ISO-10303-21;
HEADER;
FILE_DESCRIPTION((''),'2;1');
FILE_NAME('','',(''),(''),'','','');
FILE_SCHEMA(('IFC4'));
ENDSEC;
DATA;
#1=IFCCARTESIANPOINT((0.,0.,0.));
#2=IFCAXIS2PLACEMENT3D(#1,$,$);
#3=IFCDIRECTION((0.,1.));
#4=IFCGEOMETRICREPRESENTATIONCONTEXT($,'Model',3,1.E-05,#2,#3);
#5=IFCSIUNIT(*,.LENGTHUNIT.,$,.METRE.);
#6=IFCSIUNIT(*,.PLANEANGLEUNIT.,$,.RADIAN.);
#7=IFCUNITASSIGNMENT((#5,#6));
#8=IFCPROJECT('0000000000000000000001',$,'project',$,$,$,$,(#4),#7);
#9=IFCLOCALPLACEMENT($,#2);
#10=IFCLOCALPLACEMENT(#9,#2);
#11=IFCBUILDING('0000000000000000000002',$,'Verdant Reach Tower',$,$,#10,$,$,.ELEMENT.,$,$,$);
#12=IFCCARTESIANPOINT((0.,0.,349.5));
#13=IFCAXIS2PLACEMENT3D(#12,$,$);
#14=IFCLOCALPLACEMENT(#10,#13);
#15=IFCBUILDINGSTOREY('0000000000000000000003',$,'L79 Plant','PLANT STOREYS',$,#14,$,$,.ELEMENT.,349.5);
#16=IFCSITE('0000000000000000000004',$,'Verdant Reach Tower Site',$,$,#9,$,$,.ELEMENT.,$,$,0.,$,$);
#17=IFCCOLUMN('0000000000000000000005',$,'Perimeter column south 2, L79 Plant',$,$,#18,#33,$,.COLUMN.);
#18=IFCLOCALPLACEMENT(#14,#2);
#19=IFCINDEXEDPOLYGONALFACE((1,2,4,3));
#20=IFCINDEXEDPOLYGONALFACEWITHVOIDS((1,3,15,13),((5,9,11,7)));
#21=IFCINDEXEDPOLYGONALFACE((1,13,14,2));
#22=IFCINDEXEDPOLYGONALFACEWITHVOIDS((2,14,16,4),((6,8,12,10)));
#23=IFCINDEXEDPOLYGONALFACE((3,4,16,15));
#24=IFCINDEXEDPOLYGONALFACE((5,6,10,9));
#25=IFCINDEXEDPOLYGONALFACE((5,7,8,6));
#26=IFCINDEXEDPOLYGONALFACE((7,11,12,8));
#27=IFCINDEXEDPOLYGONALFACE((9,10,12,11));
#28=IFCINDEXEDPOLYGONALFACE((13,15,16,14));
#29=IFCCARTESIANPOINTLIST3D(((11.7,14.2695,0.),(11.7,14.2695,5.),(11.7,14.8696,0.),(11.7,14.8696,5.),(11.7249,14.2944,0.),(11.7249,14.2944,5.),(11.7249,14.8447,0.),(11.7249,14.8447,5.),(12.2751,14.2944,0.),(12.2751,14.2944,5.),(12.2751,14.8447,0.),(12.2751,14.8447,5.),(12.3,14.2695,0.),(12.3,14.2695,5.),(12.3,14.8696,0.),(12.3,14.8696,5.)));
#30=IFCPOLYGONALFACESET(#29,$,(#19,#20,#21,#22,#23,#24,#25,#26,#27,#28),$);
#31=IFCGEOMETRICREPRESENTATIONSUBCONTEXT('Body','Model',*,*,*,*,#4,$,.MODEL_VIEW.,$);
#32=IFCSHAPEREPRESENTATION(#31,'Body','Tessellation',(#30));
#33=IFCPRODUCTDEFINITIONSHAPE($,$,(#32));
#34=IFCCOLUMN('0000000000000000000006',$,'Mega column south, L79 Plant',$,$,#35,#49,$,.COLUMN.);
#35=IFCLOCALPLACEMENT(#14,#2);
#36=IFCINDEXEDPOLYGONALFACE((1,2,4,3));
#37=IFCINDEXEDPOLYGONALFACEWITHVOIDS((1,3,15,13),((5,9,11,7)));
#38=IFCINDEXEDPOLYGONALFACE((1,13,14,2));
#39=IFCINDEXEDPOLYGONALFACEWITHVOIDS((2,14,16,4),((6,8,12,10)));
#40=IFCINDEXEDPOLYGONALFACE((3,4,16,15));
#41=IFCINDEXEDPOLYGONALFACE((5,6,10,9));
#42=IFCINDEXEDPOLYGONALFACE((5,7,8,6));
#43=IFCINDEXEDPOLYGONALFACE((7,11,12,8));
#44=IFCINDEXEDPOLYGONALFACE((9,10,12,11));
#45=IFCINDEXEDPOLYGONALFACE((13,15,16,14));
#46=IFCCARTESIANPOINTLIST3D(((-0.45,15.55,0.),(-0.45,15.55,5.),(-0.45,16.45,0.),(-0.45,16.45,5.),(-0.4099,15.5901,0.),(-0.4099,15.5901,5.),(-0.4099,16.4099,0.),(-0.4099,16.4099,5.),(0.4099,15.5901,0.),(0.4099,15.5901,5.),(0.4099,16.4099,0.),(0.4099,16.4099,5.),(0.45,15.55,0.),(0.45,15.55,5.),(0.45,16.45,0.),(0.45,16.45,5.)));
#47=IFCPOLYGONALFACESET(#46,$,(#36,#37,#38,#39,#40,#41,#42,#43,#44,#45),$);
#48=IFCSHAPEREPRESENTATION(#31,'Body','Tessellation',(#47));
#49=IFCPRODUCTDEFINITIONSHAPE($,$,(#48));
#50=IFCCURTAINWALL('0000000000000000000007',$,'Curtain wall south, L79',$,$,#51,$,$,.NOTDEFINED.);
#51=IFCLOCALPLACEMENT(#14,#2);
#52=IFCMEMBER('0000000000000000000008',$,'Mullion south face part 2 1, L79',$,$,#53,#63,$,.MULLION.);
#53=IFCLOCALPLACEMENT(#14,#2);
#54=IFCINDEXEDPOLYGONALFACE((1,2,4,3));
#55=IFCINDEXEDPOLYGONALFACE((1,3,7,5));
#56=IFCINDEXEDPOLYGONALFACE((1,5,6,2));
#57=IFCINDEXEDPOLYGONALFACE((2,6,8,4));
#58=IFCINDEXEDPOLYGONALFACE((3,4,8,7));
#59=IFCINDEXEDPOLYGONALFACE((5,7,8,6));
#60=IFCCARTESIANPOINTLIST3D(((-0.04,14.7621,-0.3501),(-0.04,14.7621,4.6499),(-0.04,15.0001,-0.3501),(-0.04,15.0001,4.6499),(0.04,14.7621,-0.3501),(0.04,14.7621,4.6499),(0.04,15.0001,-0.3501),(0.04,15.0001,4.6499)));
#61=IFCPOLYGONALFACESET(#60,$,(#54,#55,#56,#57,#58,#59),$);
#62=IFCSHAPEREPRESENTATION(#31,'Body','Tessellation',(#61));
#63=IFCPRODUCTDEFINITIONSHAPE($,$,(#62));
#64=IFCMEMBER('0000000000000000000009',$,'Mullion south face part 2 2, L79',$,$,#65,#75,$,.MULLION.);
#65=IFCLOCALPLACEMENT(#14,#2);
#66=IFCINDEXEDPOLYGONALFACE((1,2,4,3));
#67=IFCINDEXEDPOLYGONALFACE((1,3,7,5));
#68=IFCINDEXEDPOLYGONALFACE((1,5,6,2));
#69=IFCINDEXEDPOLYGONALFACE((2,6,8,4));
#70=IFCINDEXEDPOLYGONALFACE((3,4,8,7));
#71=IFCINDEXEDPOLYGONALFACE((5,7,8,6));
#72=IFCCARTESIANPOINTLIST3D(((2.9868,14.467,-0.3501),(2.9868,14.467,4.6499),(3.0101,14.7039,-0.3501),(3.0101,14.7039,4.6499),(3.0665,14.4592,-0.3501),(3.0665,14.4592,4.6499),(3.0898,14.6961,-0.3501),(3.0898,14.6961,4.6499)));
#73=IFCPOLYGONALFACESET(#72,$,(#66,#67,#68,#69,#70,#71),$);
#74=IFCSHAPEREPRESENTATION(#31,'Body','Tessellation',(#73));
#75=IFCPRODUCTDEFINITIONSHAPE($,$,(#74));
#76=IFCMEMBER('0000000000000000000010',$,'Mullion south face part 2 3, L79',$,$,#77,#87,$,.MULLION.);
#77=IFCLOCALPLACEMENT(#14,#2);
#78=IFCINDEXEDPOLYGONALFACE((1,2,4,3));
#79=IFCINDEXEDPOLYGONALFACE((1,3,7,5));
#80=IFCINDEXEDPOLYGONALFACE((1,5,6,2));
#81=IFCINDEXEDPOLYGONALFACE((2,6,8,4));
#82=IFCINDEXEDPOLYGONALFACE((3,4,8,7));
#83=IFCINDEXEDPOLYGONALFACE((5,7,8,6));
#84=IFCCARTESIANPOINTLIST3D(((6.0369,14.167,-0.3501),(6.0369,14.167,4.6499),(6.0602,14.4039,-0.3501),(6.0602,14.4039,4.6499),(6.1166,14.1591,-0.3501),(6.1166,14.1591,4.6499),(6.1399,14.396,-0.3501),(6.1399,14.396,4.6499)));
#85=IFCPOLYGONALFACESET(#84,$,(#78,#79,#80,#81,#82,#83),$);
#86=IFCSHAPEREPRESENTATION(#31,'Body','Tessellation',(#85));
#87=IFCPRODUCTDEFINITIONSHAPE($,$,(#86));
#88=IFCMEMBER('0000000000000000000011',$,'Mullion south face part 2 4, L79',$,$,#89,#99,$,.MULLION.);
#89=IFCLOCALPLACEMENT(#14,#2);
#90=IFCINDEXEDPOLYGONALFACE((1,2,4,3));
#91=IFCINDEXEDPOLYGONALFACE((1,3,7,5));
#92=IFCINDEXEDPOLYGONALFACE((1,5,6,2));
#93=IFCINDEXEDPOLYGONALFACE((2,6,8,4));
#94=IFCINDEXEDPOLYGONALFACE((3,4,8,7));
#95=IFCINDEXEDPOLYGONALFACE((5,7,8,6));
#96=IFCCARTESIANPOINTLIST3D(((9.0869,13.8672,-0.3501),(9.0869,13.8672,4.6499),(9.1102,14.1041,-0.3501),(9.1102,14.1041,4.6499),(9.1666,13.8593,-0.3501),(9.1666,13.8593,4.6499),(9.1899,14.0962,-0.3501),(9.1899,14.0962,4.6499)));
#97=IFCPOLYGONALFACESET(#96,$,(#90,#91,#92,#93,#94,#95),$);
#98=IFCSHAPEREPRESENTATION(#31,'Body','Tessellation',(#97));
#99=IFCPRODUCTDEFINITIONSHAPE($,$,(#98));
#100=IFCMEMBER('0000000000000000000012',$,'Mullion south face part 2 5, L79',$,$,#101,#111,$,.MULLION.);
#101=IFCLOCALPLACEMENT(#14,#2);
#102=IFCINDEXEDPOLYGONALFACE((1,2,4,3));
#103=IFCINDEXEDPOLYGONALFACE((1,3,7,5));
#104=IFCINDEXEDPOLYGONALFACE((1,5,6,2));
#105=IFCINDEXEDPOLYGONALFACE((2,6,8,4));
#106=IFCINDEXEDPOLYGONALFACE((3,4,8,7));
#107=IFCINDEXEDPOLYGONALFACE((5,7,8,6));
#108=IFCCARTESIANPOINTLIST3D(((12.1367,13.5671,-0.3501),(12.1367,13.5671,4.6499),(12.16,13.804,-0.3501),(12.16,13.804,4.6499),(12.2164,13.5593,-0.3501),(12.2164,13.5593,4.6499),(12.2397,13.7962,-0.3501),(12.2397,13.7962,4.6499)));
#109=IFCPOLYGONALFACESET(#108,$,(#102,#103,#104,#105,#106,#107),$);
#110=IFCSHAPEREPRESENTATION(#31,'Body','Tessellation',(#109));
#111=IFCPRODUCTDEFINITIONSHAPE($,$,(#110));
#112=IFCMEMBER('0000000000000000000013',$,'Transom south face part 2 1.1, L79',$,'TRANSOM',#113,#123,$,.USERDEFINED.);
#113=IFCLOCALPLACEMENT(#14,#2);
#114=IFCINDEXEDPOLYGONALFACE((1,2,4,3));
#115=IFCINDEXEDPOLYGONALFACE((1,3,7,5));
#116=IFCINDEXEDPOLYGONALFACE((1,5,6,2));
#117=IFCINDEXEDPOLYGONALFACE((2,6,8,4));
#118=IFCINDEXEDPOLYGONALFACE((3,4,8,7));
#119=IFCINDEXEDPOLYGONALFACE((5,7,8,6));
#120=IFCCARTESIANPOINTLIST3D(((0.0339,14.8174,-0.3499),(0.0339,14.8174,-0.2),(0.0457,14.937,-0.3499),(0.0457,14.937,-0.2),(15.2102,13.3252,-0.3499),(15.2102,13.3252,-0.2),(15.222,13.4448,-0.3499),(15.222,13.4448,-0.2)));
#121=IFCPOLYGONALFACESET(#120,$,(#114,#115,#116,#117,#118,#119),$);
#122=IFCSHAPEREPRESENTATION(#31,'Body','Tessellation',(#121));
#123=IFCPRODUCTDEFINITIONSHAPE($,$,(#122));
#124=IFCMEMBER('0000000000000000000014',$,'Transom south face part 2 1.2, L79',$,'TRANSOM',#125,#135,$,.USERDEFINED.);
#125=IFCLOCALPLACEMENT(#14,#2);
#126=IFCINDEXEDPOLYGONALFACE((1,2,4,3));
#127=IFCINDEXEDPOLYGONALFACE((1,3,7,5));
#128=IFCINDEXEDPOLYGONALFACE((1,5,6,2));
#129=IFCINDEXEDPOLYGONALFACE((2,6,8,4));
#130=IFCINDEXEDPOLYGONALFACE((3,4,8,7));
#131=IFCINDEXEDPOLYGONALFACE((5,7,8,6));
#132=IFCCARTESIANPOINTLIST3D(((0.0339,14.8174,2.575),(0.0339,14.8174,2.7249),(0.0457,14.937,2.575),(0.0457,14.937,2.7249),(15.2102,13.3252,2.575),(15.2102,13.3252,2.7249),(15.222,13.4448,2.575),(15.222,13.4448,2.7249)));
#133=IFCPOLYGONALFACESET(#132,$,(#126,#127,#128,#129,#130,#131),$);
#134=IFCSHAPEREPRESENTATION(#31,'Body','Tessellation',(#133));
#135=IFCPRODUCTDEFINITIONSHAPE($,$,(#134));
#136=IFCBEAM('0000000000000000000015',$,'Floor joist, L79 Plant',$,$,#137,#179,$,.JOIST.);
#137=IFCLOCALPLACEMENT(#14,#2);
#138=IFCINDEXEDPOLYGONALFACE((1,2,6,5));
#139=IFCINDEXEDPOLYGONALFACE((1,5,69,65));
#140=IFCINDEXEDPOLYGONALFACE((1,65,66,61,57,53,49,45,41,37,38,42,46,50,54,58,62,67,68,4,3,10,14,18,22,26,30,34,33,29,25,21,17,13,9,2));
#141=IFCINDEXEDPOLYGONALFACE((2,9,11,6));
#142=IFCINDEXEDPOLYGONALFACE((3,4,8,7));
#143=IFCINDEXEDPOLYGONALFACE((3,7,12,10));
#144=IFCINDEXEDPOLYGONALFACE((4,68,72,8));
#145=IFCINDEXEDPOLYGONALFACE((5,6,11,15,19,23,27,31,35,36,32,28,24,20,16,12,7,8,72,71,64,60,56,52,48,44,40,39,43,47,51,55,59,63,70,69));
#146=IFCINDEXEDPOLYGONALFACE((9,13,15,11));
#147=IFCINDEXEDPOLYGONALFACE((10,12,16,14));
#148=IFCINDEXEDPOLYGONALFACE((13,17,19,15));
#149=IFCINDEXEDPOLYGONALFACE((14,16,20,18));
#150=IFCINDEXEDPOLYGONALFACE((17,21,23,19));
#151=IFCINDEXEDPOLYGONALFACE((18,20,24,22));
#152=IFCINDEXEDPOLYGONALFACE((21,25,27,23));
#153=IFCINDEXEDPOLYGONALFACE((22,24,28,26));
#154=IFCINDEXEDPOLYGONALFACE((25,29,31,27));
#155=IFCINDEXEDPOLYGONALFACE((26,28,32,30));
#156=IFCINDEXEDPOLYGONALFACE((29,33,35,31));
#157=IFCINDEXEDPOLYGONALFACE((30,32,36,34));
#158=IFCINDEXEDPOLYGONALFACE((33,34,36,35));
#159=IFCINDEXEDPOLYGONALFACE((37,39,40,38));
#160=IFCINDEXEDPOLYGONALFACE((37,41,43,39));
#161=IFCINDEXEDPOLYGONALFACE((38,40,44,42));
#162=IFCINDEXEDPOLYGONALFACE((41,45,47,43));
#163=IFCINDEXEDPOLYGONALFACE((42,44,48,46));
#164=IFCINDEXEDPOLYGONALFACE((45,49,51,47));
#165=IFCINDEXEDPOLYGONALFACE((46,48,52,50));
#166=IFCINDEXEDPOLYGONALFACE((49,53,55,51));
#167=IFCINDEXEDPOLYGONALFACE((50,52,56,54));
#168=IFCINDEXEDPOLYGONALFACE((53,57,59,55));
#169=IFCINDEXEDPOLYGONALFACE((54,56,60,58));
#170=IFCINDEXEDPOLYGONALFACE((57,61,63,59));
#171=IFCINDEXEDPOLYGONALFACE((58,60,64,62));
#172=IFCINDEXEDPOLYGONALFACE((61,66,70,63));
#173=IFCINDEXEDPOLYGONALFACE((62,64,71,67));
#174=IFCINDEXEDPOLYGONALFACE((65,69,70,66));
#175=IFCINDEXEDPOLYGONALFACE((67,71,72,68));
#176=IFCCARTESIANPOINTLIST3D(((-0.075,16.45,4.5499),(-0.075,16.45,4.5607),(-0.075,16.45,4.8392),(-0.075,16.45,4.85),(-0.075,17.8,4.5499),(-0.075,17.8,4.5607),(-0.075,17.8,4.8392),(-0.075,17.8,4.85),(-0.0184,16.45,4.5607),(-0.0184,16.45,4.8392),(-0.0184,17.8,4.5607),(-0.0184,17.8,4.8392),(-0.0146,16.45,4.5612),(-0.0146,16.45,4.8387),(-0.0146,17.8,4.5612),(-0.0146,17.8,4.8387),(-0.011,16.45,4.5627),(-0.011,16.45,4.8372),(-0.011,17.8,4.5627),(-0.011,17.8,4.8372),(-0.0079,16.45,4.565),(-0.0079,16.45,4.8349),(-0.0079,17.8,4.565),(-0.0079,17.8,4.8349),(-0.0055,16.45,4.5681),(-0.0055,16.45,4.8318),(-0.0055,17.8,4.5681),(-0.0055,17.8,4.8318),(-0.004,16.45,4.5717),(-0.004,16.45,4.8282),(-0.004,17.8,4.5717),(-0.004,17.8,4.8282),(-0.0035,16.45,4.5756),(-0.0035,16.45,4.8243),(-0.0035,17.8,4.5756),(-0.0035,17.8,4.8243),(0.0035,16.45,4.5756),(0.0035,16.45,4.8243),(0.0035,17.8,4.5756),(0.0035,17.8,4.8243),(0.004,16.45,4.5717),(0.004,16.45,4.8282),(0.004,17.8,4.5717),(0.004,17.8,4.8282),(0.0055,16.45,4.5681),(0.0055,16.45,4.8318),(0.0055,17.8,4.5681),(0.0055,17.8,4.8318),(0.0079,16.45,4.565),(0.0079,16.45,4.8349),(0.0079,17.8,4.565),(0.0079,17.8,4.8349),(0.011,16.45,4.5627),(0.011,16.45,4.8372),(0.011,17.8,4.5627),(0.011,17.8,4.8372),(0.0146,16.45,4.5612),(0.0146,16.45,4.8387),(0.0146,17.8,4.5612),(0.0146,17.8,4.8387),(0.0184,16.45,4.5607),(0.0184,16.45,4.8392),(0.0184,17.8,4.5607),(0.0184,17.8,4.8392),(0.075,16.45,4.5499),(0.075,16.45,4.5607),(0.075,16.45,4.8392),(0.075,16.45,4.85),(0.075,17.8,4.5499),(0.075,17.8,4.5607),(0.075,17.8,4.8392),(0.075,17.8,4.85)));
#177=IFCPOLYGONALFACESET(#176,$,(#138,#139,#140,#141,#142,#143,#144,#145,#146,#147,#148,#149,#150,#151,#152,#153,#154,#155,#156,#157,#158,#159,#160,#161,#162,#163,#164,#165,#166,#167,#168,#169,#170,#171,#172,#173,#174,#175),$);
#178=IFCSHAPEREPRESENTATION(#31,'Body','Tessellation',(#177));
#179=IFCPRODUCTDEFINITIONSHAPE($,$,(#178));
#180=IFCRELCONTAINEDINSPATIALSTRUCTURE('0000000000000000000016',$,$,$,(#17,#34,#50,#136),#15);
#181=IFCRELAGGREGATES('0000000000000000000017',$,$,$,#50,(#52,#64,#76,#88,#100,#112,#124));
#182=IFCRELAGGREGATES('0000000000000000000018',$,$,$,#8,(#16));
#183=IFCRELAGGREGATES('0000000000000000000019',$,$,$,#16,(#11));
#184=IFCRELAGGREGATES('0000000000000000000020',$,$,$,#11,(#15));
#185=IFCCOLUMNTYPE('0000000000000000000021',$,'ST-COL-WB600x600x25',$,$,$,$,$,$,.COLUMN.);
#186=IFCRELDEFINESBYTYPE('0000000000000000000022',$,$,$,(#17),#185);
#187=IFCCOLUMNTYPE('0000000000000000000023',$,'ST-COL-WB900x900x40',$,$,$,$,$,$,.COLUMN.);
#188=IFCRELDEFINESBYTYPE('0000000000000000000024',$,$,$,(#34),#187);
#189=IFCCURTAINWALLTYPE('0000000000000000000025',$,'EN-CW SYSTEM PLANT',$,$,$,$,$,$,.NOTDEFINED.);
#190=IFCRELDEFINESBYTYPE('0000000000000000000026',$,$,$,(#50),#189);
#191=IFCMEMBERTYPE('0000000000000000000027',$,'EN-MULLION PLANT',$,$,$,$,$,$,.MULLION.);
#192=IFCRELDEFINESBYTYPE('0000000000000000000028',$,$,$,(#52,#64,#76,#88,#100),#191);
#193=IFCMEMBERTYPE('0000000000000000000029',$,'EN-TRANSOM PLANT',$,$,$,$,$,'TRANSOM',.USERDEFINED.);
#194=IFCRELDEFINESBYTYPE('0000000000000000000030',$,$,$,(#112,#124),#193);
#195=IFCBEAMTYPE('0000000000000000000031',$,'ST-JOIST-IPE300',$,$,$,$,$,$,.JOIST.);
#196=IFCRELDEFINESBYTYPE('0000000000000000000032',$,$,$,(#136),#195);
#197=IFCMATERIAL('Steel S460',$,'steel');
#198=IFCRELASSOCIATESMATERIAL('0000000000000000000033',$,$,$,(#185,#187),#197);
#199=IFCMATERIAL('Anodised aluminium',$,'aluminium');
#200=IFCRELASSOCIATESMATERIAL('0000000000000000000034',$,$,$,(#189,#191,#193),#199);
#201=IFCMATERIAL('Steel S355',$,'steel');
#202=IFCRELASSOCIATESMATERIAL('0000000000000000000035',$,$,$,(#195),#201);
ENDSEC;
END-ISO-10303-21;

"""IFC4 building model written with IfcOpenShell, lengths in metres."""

from ifc_helpers import new_model, si_unit, direction, frame, origin, origin_2d, place, context, subcontext, project, spatial, rectangle, hollow_rectangle, i_section, extrude, material, material_profile, profile_set, type_object, element, aggregate, save


model = new_model("IFC4")

# Units and contexts
model_context = context("Model", 3, precision=1e-05, world=origin(), true_north=direction((0.0, 1.0)))
body_context = subcontext(model_context, "Body", "Model", "MODEL_VIEW")
ifc_project = project(units=[si_unit("LENGTHUNIT", "METRE"), si_unit("PLANEANGLEUNIT", "RADIAN")], contexts=[model_context])

# Site, building, storey
site_placement = place(None, origin())
site = spatial("IfcSite", under=ifc_project, at=site_placement, Name="Verdant Reach Tower Site", CompositionType="ELEMENT", RefElevation=0.0)
building_placement = place(site_placement, origin())
building = spatial("IfcBuilding", under=site, at=building_placement, Name="Verdant Reach Tower", CompositionType="ELEMENT")
storey_placement = place(building_placement, frame((0.0, 0.0, 349.5)))
storey = spatial("IfcBuildingStorey", under=building, at=storey_placement, Name="L79 Plant", Description="PLANT STOREYS", CompositionType="ELEMENT", Elevation=349.5)

# Columns
ifc_material_1 = material(Name="Steel S460", Category="steel")
ifc_material_profile_1 = material_profile(ifc_material_1, hollow_rectangle(XDim=0.6001, YDim=0.6001, WallThickness=0.0249, at=origin_2d()), Name="WB 600x600x25")
ifc_profile_set_1 = profile_set([ifc_material_profile_1], Name="Steel S460")
column_type_1 = type_object("IfcColumnType", Name="ST-COL-WB600x600x25", PredefinedType="COLUMN", material=ifc_profile_set_1)
column_1_placement = place(storey_placement, frame((12.0, 14.5696, 0.0), z_axis=(0.0, 0.0, 1.0), x_axis=(1.0, 0.0, 0.0)))
element("IfcColumn", 1, at=column_1_placement, inside=storey, type_object=column_type_1, Name="Perimeter column south 2, L79 Plant", PredefinedType="COLUMN", context=body_context, shape_type="SweptSolid", body=[
    extrude(hollow_rectangle(XDim=0.6001, YDim=0.6001, WallThickness=0.0249, at=origin_2d()), origin(), (0.0, 0.0, 1.0), 5.0),
])
ifc_material_profile_2 = material_profile(ifc_material_1, hollow_rectangle(XDim=0.8999, YDim=0.8999, WallThickness=0.04, at=origin_2d()), Name="WB 900x900x40")
ifc_profile_set_2 = profile_set([ifc_material_profile_2], Name="Steel S460")
column_type_2 = type_object("IfcColumnType", Name="ST-COL-WB900x900x40", PredefinedType="COLUMN", material=ifc_profile_set_2)
column_2_placement = place(storey_placement, frame((0.0, 16.0, 0.0), z_axis=(0.0, 0.0, 1.0), x_axis=(1.0, 0.0, 0.0)))
element("IfcColumn", 2, at=column_2_placement, inside=storey, type_object=column_type_2, Name="Mega column south, L79 Plant", PredefinedType="COLUMN", context=body_context, shape_type="SweptSolid", body=[
    extrude(hollow_rectangle(XDim=0.8999, YDim=0.8999, WallThickness=0.04, at=origin_2d()), origin(), (0.0, 0.0, 1.0), 5.0),
])

# Curtain wall, members
ifc_material_2 = material(Name="Anodised aluminium", Category="aluminium")
curtain_wall_type = type_object("IfcCurtainWallType", Name="EN-CW SYSTEM PLANT", PredefinedType="NOTDEFINED", material=ifc_material_2)
curtain_wall_placement = place(storey_placement, origin())
curtain_wall = element("IfcCurtainWall", 3, at=curtain_wall_placement, inside=storey, type_object=curtain_wall_type, Name="Curtain wall south, L79", PredefinedType="NOTDEFINED")
ifc_material_profile_3 = material_profile(ifc_material_2, rectangle(XDim=0.238, YDim=0.0801, at=origin_2d()), Name="Mullion 80x240")
ifc_profile_set_3 = profile_set([ifc_material_profile_3], Name="Anodised aluminium")
member_type_1 = type_object("IfcMemberType", Name="EN-MULLION PLANT", PredefinedType="MULLION", material=ifc_profile_set_3)
member_1_placement = place(storey_placement, frame((0.0, 14.8811, -0.3501), z_axis=(0.0, 0.0, 1.0), x_axis=(0.0, -1.0, 0.0)))
member_1 = element("IfcMember", 4, at=member_1_placement, type_object=member_type_1, Name="Mullion south face part 2 1, L79", PredefinedType="MULLION", context=body_context, shape_type="SweptSolid", body=[
    extrude(rectangle(XDim=0.238, YDim=0.0801, at=origin_2d()), origin(), (0.0, 0.0, 1.0), 5.0),
])
member_2_placement = place(storey_placement, frame((3.0383, 14.5815, -0.3501), z_axis=(0.0, 0.0, 1.0), x_axis=(-0.097888, -0.995197, 0.0)))
member_2 = element("IfcMember", 5, at=member_2_placement, type_object=member_type_1, Name="Mullion south face part 2 2, L79", PredefinedType="MULLION", context=body_context, shape_type="SweptSolid", body=[
    extrude(rectangle(XDim=0.238, YDim=0.0801, at=origin_2d()), origin(), (0.0, 0.0, 1.0), 5.0),
])
member_3_placement = place(storey_placement, frame((6.0884, 14.2815, -0.3501), z_axis=(0.0, 0.0, 1.0), x_axis=(-0.097888, -0.995197, 0.0)))
member_3 = element("IfcMember", 6, at=member_3_placement, type_object=member_type_1, Name="Mullion south face part 2 3, L79", PredefinedType="MULLION", context=body_context, shape_type="SweptSolid", body=[
    extrude(rectangle(XDim=0.238, YDim=0.0801, at=origin_2d()), origin(), (0.0, 0.0, 1.0), 5.0),
])
member_4_placement = place(storey_placement, frame((9.1384, 13.9817, -0.3501), z_axis=(0.0, 0.0, 1.0), x_axis=(-0.097888, -0.995197, 0.0)))
member_4 = element("IfcMember", 7, at=member_4_placement, type_object=member_type_1, Name="Mullion south face part 2 4, L79", PredefinedType="MULLION", context=body_context, shape_type="SweptSolid", body=[
    extrude(rectangle(XDim=0.238, YDim=0.0801, at=origin_2d()), origin(), (0.0, 0.0, 1.0), 5.0),
])
member_5_placement = place(storey_placement, frame((12.1882, 13.6816, -0.3501), z_axis=(0.0, 0.0, 1.0), x_axis=(-0.097888, -0.995197, 0.0)))
member_5 = element("IfcMember", 8, at=member_5_placement, type_object=member_type_1, Name="Mullion south face part 2 5, L79", PredefinedType="MULLION", context=body_context, shape_type="SweptSolid", body=[
    extrude(rectangle(XDim=0.238, YDim=0.0801, at=origin_2d()), origin(), (0.0, 0.0, 1.0), 5.0),
])
ifc_material_profile_4 = material_profile(ifc_material_2, rectangle(XDim=0.1201, YDim=0.1499, at=origin_2d()), Name="Transom 150x120")
ifc_profile_set_4 = profile_set([ifc_material_profile_4], Name="Anodised aluminium")
member_type_2 = type_object("IfcMemberType", Name="EN-TRANSOM PLANT", ElementType="TRANSOM", PredefinedType="USERDEFINED", material=ifc_profile_set_4)
member_6_placement = place(storey_placement, frame((0.0398, 14.8772, -0.2749), z_axis=(0.995201, -0.097852, 0.0), x_axis=(0.097852, 0.995201, 0.0)))
member_6 = element("IfcMember", 9, at=member_6_placement, type_object=member_type_2, Name="Transom south face part 2 1.1, L79", ObjectType="TRANSOM", PredefinedType="USERDEFINED", context=body_context, shape_type="SweptSolid", body=[
    extrude(rectangle(XDim=0.1201, YDim=0.1499, at=origin_2d()), origin(), (0.0, 0.0, 1.0), 15.2495),
])
member_7_placement = place(storey_placement, frame((0.0398, 14.8772, 2.6499), z_axis=(0.995201, -0.097852, 0.0), x_axis=(0.097852, 0.995201, 0.0)))
member_7 = element("IfcMember", 10, at=member_7_placement, type_object=member_type_2, Name="Transom south face part 2 1.2, L79", ObjectType="TRANSOM", PredefinedType="USERDEFINED", context=body_context, shape_type="SweptSolid", body=[
    extrude(rectangle(XDim=0.1201, YDim=0.1499, at=origin_2d()), origin(), (0.0, 0.0, 1.0), 15.2495),
])

# Beam
ifc_material_3 = material(Name="Steel S355", Category="steel")
ifc_material_profile_5 = material_profile(ifc_material_3, i_section(OverallWidth=0.1499, OverallDepth=0.3, WebThickness=0.0071, FlangeThickness=0.0107, FilletRadius=0.0149, at=origin_2d()), Name="IPE 300")
ifc_profile_set_5 = profile_set([ifc_material_profile_5], Name="Steel S355")
beam_type = type_object("IfcBeamType", Name="ST-JOIST-IPE300", PredefinedType="JOIST", material=ifc_profile_set_5)
beam_1_placement = place(storey_placement, frame((0.0, 17.8, 4.7), z_axis=(0.0, -1.0, 0.0), x_axis=(1.0, 0.0, 0.0)))
element("IfcBeam", 11, at=beam_1_placement, inside=storey, type_object=beam_type, Name="Floor joist, L79 Plant", PredefinedType="JOIST", context=body_context, shape_type="SweptSolid", body=[
    extrude(i_section(OverallWidth=0.1499, OverallDepth=0.3, WebThickness=0.0071, FlangeThickness=0.0107, FilletRadius=0.0149, at=origin_2d()), origin(), (0.0, 0.0, 1.0), 1.3501),
])

aggregate(curtain_wall, [member_1, member_2, member_3, member_4, member_5, member_6, member_7])

save(model, "model.ifc")
